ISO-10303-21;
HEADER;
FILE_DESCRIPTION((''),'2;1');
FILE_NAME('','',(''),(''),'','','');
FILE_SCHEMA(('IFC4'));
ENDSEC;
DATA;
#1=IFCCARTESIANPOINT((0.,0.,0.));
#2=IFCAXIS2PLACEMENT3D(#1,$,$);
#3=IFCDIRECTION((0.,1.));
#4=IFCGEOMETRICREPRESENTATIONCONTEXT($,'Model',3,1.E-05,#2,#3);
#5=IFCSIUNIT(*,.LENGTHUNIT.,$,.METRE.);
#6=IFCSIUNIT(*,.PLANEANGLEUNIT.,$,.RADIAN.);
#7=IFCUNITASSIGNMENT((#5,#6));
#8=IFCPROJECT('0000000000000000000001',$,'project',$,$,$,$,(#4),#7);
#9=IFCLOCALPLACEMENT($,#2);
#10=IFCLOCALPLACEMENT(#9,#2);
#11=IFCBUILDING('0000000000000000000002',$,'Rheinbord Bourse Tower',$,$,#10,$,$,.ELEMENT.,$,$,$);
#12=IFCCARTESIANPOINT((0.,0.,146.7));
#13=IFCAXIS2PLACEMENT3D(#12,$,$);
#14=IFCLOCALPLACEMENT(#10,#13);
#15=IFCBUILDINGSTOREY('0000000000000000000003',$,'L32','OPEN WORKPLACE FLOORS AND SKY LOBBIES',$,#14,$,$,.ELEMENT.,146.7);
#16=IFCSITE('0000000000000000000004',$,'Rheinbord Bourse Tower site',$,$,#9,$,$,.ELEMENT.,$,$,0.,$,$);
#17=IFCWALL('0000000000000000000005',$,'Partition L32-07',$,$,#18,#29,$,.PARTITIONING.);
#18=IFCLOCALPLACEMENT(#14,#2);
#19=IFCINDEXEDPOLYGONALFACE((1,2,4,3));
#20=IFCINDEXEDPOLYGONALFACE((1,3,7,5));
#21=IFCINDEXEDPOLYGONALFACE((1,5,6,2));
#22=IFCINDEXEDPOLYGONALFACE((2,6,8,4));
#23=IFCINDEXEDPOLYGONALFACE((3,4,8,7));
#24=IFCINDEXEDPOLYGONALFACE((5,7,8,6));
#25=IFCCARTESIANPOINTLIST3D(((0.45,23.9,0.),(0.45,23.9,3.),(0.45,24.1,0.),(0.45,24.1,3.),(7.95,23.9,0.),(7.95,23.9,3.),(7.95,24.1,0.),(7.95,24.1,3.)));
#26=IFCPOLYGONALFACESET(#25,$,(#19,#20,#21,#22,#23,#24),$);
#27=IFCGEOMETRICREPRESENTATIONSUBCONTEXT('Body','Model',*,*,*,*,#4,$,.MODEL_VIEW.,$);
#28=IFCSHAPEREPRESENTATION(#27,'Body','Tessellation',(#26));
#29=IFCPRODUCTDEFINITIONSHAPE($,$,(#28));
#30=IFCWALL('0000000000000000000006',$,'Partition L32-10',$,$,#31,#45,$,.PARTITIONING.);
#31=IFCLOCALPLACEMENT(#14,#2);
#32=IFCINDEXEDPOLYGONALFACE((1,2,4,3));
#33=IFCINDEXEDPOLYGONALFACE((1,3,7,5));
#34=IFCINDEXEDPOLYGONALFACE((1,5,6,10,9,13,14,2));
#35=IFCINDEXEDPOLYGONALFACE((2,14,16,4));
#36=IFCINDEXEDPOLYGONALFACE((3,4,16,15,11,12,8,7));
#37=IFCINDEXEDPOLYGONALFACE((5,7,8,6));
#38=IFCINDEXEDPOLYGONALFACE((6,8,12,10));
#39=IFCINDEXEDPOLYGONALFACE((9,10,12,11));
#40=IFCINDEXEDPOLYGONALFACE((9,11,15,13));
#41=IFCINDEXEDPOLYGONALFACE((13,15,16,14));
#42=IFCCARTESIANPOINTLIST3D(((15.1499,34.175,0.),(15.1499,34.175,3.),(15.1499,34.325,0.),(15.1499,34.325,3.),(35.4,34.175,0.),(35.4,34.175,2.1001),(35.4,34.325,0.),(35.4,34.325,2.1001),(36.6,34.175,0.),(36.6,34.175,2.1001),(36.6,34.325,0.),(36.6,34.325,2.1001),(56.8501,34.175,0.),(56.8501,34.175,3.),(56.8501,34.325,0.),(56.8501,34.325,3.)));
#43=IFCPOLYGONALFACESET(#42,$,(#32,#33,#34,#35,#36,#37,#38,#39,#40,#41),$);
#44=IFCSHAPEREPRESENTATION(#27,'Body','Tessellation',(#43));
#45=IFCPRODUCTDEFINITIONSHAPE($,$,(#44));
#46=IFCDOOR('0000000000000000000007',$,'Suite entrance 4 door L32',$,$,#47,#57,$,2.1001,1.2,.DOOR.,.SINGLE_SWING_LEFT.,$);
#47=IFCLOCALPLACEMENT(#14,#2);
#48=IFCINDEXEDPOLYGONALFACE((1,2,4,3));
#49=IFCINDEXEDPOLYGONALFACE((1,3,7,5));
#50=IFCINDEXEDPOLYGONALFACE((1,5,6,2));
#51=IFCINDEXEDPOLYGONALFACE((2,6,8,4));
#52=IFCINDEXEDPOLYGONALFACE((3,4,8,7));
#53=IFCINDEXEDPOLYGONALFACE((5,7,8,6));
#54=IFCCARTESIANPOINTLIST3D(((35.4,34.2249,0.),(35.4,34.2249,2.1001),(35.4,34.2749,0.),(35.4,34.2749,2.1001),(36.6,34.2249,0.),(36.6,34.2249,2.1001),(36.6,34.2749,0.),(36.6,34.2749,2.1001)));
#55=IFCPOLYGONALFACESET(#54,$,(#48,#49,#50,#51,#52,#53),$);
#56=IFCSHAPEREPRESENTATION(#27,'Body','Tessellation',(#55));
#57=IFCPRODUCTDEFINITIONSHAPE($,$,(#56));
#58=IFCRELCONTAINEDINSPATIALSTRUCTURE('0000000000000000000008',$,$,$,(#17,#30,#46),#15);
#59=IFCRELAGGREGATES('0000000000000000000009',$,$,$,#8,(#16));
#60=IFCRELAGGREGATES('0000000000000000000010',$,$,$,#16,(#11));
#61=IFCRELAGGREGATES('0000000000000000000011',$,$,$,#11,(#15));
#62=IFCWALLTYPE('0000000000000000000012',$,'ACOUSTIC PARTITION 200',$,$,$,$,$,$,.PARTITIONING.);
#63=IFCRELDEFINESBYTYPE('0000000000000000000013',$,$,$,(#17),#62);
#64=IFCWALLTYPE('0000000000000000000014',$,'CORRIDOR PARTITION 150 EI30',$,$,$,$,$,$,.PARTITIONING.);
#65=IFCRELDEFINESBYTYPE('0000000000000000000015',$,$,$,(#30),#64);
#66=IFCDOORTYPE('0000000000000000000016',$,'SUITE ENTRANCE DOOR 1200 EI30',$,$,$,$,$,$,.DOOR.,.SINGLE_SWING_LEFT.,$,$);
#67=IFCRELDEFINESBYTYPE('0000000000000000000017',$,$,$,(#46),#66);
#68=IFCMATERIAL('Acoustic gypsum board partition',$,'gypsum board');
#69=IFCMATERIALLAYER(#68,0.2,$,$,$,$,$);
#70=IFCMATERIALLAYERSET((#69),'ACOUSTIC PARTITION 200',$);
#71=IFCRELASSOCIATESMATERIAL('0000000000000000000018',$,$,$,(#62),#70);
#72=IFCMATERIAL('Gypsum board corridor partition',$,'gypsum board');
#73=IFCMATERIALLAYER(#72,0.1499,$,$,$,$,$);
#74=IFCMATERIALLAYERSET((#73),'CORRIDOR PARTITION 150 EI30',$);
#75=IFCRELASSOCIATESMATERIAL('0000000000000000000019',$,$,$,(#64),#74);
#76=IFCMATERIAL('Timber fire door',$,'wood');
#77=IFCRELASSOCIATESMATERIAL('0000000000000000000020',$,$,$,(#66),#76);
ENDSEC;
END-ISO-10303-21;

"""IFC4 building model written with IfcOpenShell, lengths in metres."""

from ifc_helpers import new_model, si_unit, direction, frame, frame_2d, origin, place, context, subcontext, project, spatial, rectangle, extrude, material, layer, layer_set, type_object, element, fill, save


model = new_model("IFC4")

# Units and contexts
model_context = context("Model", 3, precision=1e-05, world=origin(), true_north=direction((0.0, 1.0)))
body_context = subcontext(model_context, "Body", "Model", "MODEL_VIEW")
ifc_project = project(units=[si_unit("LENGTHUNIT", "METRE"), si_unit("PLANEANGLEUNIT", "RADIAN")], contexts=[model_context])

# Site, building, storey
site_placement = place(None, origin())
site = spatial("IfcSite", under=ifc_project, at=site_placement, Name="Rheinbord Bourse Tower site", CompositionType="ELEMENT", RefElevation=0.0)
building_placement = place(site_placement, origin())
building = spatial("IfcBuilding", under=site, at=building_placement, Name="Rheinbord Bourse Tower", CompositionType="ELEMENT")
storey_placement = place(building_placement, frame((0.0, 0.0, 146.7)))
storey = spatial("IfcBuildingStorey", under=building, at=storey_placement, Name="L32", Description="OPEN WORKPLACE FLOORS AND SKY LOBBIES", CompositionType="ELEMENT", Elevation=146.7)

# Wall
ifc_material_1 = material(Name="Acoustic gypsum board partition", Category="gypsum board")
ifc_layer_1 = layer(ifc_material_1, 0.2)
ifc_layer_set_1 = layer_set([ifc_layer_1], Name="ACOUSTIC PARTITION 200")
wall_type_1 = type_object("IfcWallType", Name="ACOUSTIC PARTITION 200", PredefinedType="PARTITIONING", material=ifc_layer_set_1)
wall_1_placement = place(storey_placement, frame((0.45, 24.0, 0.0), z_axis=(0.0, 0.0, 1.0), x_axis=(1.0, 0.0, 0.0)))
element("IfcWall", 1, at=wall_1_placement, inside=storey, type_object=wall_type_1, Name="Partition L32-07", PredefinedType="PARTITIONING", context=body_context, shape_type="SweptSolid", body=[
    extrude(rectangle(XDim=7.5, YDim=0.2, at=frame_2d((3.75, 0.0))), origin(), (0.0, 0.0, 1.0), 3.0),
])

# Wall, opening, door
ifc_material_2 = material(Name="Gypsum board corridor partition", Category="gypsum board")
ifc_layer_2 = layer(ifc_material_2, 0.1499)
ifc_layer_set_2 = layer_set([ifc_layer_2], Name="CORRIDOR PARTITION 150 EI30")
wall_type_2 = type_object("IfcWallType", Name="CORRIDOR PARTITION 150 EI30", PredefinedType="PARTITIONING", material=ifc_layer_set_2)
wall_2_placement = place(storey_placement, frame((15.1499, 34.25, 0.0), z_axis=(0.0, 0.0, 1.0), x_axis=(1.0, 0.0, 0.0)))
wall_2 = element("IfcWall", 2, at=wall_2_placement, inside=storey, type_object=wall_type_2, Name="Partition L32-10", PredefinedType="PARTITIONING", context=body_context, shape_type="SweptSolid", body=[
    extrude(rectangle(XDim=41.7002, YDim=0.1499, at=frame_2d((20.8501, 0.0))), origin(), (0.0, 0.0, 1.0), 3.0),
])
opening_placement = place(wall_2_placement, frame((20.25, 0.0, 0.0)))
opening = element("IfcOpeningElement", 3, at=opening_placement, cuts=wall_2, PredefinedType="OPENING", context=body_context, shape_type="SweptSolid", body=[
    extrude(rectangle(XDim=1.2, YDim=2.1001, at=frame_2d((0.6001, 1.05))), frame((0.0, 0.085, 0.0), z_axis=(0.0, -1.0, 0.0), x_axis=(1.0, 0.0, 0.0)), (0.0, 0.0, 1.0), 0.1699),
])
ifc_material_3 = material(Name="Timber fire door", Category="wood")
door_type = type_object("IfcDoorType", Name="SUITE ENTRANCE DOOR 1200 EI30", OperationType="SINGLE_SWING_LEFT", PredefinedType="DOOR", material=ifc_material_3)
door_placement = place(opening_placement, origin())
door = element("IfcDoor", 4, at=door_placement, inside=storey, type_object=door_type, Name="Suite entrance 4 door L32", OperationType="SINGLE_SWING_LEFT", OverallHeight=2.1001, OverallWidth=1.2, PredefinedType="DOOR", context=body_context, shape_type="SweptSolid", body=[
    extrude(rectangle(XDim=1.2, YDim=2.1001, at=frame_2d((0.6001, 1.05))), frame((0.0, 0.0249, 0.0), z_axis=(0.0, -1.0, 0.0), x_axis=(1.0, 0.0, 0.0)), (0.0, 0.0, 1.0), 0.05),
])
fill(opening, door)

save(model, "model.ifc")
